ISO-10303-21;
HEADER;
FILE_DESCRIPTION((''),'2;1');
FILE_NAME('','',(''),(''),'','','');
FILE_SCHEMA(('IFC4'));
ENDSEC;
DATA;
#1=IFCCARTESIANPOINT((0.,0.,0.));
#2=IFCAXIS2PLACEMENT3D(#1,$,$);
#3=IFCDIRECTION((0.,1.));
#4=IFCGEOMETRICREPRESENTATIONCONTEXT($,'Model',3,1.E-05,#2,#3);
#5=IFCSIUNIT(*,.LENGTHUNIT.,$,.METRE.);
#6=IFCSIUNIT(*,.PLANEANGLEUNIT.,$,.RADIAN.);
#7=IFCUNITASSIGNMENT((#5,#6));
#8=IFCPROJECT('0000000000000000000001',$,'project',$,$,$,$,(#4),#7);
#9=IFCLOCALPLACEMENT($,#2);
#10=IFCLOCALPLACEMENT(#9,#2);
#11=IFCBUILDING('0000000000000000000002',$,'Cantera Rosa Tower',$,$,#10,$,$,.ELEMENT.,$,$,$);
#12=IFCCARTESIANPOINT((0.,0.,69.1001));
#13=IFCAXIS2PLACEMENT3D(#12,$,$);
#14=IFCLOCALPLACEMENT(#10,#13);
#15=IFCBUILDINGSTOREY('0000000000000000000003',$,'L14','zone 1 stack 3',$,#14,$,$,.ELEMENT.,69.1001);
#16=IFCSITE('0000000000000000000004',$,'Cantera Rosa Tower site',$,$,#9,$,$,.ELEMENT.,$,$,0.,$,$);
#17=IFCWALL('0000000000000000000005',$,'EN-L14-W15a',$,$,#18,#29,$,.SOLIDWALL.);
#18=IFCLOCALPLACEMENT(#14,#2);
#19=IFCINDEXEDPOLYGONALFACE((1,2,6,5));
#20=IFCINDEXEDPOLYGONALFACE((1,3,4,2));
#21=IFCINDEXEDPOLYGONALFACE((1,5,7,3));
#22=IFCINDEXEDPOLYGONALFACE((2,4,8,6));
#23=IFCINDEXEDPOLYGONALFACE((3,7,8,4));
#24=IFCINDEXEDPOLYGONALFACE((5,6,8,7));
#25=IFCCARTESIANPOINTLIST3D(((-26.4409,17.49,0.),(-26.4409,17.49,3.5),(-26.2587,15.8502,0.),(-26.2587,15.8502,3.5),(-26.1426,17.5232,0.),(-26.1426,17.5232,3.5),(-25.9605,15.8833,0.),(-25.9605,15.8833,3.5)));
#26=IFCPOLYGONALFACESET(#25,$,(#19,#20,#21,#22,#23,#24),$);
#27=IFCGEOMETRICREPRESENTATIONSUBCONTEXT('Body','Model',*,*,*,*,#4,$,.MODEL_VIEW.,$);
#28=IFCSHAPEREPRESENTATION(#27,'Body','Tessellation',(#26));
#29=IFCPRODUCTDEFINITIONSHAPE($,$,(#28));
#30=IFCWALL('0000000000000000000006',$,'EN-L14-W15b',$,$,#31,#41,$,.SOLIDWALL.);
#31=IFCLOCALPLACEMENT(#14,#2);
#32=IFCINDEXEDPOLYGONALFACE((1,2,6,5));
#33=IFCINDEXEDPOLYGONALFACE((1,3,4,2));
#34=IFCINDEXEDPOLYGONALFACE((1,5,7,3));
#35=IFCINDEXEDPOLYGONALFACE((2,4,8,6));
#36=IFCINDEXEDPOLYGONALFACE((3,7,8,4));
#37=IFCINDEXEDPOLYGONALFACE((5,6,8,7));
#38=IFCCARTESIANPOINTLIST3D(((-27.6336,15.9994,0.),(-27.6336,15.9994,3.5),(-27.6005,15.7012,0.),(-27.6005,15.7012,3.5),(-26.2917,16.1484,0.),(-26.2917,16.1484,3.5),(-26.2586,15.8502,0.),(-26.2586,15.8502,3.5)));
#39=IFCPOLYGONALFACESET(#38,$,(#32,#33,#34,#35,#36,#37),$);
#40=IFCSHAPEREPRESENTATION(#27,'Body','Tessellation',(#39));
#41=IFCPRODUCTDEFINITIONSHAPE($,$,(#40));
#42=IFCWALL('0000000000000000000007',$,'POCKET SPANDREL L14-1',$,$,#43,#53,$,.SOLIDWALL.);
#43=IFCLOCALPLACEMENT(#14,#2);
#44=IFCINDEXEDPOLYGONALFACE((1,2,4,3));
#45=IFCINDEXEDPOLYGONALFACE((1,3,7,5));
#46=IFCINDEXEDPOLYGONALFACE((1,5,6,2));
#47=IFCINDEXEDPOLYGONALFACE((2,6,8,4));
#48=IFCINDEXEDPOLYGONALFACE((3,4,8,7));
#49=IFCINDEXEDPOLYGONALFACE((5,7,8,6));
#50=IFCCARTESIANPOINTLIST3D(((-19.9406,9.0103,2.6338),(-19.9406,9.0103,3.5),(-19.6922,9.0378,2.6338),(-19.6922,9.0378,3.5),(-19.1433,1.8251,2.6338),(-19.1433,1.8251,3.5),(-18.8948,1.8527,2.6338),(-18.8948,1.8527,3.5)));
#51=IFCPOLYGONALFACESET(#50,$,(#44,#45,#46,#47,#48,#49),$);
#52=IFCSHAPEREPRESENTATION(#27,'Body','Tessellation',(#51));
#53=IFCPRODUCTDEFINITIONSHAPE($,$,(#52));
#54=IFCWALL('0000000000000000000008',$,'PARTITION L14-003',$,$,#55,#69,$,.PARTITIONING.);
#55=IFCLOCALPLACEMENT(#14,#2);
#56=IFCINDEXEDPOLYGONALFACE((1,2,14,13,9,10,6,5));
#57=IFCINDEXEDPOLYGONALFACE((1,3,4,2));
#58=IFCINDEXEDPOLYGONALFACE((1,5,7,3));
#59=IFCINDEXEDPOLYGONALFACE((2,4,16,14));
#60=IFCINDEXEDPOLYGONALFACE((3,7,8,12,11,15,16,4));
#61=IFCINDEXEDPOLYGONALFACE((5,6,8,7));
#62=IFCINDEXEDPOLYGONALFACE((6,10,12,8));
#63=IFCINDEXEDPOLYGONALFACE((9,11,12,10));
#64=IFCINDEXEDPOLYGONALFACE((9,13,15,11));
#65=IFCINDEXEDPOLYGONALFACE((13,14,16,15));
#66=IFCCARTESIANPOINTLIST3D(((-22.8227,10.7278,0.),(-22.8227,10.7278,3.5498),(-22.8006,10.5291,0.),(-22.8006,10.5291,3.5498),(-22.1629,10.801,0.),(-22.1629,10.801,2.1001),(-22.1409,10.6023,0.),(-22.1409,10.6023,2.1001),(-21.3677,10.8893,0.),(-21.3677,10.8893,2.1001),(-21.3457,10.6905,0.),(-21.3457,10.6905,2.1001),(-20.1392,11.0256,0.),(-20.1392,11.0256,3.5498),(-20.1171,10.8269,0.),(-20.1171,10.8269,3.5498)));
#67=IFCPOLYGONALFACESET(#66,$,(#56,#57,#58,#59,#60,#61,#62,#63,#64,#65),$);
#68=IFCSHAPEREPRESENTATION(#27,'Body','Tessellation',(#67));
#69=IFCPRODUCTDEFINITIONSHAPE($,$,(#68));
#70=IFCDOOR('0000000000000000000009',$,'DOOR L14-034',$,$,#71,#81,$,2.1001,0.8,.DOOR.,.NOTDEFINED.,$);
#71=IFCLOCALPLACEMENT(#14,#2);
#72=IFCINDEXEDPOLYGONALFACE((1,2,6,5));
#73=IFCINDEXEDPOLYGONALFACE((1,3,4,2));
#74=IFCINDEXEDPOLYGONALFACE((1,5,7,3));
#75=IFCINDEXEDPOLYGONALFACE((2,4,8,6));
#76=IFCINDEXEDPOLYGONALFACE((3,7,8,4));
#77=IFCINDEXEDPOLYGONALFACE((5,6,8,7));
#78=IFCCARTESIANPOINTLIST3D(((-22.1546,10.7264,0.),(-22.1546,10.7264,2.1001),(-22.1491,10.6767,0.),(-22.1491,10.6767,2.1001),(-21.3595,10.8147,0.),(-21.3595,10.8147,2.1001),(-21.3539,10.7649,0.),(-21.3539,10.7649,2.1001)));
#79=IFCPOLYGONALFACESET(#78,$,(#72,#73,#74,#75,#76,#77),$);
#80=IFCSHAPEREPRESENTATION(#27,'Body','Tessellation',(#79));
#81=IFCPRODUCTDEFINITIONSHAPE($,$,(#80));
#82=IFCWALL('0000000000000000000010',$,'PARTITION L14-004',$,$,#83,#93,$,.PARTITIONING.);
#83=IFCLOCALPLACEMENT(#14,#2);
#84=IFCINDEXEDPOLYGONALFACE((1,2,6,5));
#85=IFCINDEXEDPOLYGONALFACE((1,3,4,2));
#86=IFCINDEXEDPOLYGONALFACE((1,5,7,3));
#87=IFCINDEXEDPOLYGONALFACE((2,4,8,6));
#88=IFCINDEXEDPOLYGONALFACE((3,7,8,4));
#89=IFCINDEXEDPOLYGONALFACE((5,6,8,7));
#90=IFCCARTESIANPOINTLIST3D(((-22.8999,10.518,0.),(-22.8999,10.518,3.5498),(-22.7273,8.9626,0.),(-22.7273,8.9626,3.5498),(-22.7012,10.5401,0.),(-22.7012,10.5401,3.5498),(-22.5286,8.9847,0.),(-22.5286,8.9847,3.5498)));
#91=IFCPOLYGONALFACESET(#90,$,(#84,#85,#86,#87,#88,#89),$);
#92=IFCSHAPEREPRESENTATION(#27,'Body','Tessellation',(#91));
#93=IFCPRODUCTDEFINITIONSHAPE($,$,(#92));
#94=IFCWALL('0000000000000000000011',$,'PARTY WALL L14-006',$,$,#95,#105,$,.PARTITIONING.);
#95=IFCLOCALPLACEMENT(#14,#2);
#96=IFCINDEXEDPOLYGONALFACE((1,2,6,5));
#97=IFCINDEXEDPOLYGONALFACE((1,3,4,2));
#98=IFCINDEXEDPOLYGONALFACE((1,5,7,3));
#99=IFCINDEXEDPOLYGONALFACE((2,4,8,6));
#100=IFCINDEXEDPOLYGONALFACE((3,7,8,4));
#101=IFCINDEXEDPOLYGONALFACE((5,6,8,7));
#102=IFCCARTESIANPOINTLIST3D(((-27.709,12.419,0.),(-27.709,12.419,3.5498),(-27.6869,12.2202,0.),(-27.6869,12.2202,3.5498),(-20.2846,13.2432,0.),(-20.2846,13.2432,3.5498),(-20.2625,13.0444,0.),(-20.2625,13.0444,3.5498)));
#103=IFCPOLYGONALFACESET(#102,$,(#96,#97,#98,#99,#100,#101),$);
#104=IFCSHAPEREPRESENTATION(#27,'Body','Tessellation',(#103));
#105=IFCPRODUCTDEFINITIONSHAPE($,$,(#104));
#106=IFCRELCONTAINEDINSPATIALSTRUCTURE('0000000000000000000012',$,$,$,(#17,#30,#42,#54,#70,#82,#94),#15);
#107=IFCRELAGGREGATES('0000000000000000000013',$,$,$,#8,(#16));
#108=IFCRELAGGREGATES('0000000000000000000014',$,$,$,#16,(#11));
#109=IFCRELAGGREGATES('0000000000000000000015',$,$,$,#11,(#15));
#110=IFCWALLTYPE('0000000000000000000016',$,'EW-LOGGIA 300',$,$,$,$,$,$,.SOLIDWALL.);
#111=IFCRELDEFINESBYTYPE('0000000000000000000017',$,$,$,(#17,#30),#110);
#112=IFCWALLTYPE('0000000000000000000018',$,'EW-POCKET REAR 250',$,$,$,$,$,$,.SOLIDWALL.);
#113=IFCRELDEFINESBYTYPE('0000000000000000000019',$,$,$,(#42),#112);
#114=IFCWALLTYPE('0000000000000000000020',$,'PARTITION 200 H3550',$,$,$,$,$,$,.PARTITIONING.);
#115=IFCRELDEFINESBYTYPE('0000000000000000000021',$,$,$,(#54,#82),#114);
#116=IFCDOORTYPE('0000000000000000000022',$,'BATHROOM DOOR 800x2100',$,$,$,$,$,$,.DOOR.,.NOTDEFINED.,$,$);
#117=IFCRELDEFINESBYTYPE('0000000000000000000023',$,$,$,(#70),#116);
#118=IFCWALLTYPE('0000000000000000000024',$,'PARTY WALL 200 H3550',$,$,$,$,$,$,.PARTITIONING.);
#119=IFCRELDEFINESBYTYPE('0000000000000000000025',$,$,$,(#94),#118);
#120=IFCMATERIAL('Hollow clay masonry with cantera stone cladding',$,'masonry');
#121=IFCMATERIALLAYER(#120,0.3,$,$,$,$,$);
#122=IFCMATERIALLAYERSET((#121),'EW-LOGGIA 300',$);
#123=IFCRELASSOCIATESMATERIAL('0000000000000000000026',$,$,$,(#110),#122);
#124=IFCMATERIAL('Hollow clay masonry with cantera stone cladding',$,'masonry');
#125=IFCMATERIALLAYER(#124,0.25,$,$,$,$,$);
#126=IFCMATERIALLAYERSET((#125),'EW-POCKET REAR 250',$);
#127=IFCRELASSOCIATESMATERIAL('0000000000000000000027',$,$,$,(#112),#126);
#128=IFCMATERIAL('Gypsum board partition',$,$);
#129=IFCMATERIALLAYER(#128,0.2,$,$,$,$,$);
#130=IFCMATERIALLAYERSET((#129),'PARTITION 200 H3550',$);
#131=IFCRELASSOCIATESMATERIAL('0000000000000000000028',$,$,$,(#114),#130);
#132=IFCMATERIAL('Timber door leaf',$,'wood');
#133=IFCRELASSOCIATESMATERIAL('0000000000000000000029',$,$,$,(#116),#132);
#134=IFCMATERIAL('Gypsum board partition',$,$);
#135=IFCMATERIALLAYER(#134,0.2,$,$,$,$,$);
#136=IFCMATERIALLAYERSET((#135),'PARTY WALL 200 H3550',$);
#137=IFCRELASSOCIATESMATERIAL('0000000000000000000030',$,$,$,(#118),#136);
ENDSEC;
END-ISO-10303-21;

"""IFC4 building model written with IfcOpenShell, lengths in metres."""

from ifc_helpers import new_model, si_unit, direction, frame, frame_2d, origin, place, context, subcontext, project, spatial, rectangle, extrude, material, layer, layer_set, type_object, element, fill, save


model = new_model("IFC4")

# Units and contexts
model_context = context("Model", 3, precision=1e-05, world=origin(), true_north=direction((0.0, 1.0)))
body_context = subcontext(model_context, "Body", "Model", "MODEL_VIEW")
ifc_project = project(units=[si_unit("LENGTHUNIT", "METRE"), si_unit("PLANEANGLEUNIT", "RADIAN")], contexts=[model_context])

# Site, building, storey
site_placement = place(None, origin())
site = spatial("IfcSite", under=ifc_project, at=site_placement, Name="Cantera Rosa Tower site", CompositionType="ELEMENT", RefElevation=0.0)
building_placement = place(site_placement, origin())
building = spatial("IfcBuilding", under=site, at=building_placement, Name="Cantera Rosa Tower", CompositionType="ELEMENT")
storey_placement = place(building_placement, frame((0.0, 0.0, 69.1001)))
storey = spatial("IfcBuildingStorey", under=building, at=storey_placement, Name="L14", Description="zone 1 stack 3", CompositionType="ELEMENT", Elevation=69.1001)

# Walls
ifc_material_1 = material(Name="Hollow clay masonry with cantera stone cladding", Category="masonry")
ifc_layer_1 = layer(ifc_material_1, 0.3)
ifc_layer_set_1 = layer_set([ifc_layer_1], Name="EW-LOGGIA 300")
wall_type_1 = type_object("IfcWallType", Name="EW-LOGGIA 300", PredefinedType="SOLIDWALL", material=ifc_layer_set_1)
wall_1_placement = place(storey_placement, frame((-26.2917, 17.5066, 0.0), z_axis=(0.0, 0.0, 1.0), x_axis=(0.110383, -0.993889, 0.0)))
element("IfcWall", 1, at=wall_1_placement, inside=storey, type_object=wall_type_1, Name="EN-L14-W15a", PredefinedType="SOLIDWALL", context=body_context, shape_type="SweptSolid", body=[
    extrude(rectangle(XDim=1.6499, YDim=0.3, at=frame_2d((0.825, 0.0))), origin(), (0.0, 0.0, 1.0), 3.5),
])
wall_2_placement = place(storey_placement, frame((-26.2751, 15.9993, 0.0), z_axis=(0.0, 0.0, 1.0), x_axis=(-0.993897, -0.110312, 0.0)))
element("IfcWall", 2, at=wall_2_placement, inside=storey, type_object=wall_type_1, Name="EN-L14-W15b", PredefinedType="SOLIDWALL", context=body_context, shape_type="SweptSolid", body=[
    extrude(rectangle(XDim=1.3501, YDim=0.3, at=frame_2d((0.675, 0.0))), origin(), (0.0, 0.0, 1.0), 3.5),
])

# Wall
ifc_material_2 = material(Name="Hollow clay masonry with cantera stone cladding", Category="masonry")
ifc_layer_2 = layer(ifc_material_2, 0.25)
ifc_layer_set_2 = layer_set([ifc_layer_2], Name="EW-POCKET REAR 250")
wall_type_2 = type_object("IfcWallType", Name="EW-POCKET REAR 250", PredefinedType="SOLIDWALL", material=ifc_layer_set_2)
wall_3_placement = place(storey_placement, frame((-19.8164, 9.0242, 2.6338), z_axis=(0.0, 0.0, 1.0), x_axis=(0.110298, -0.993899, 0.0)))
element("IfcWall", 3, at=wall_3_placement, inside=storey, type_object=wall_type_2, Name="POCKET SPANDREL L14-1", PredefinedType="SOLIDWALL", context=body_context, shape_type="SweptSolid", body=[
    extrude(rectangle(XDim=7.2292, YDim=0.25, at=frame_2d((3.6147, 0.0))), origin(), (0.0, 0.0, 1.0), 0.8662),
])

# Wall, opening, door
ifc_material_3 = material(Name="Gypsum board partition")
ifc_layer_3 = layer(ifc_material_3, 0.2)
ifc_layer_set_3 = layer_set([ifc_layer_3], Name="PARTITION 200 H3550")
wall_type_3 = type_object("IfcWallType", Name="PARTITION 200 H3550", PredefinedType="PARTITIONING", material=ifc_layer_set_3)
wall_4_placement = place(storey_placement, frame((-22.8118, 10.6284, 0.0), z_axis=(0.0, 0.0, 1.0), x_axis=(0.993897, 0.110312, 0.0)))
wall_4 = element("IfcWall", 4, at=wall_4_placement, inside=storey, type_object=wall_type_3, Name="PARTITION L14-003", PredefinedType="PARTITIONING", context=body_context, shape_type="SweptSolid", body=[
    extrude(rectangle(XDim=2.7, YDim=0.2, at=frame_2d((1.3501, 0.0))), origin(), (0.0, 0.0, 1.0), 3.5498),
])
opening_1_placement = place(wall_4_placement, frame((0.6641, 0.0, 0.0)))
opening_1 = element("IfcOpeningElement", 5, at=opening_1_placement, cuts=wall_4, PredefinedType="OPENING", context=body_context, shape_type="SweptSolid", body=[
    extrude(rectangle(XDim=0.8, YDim=2.1001, at=frame_2d((0.3999, 1.05))), frame((0.0, 0.1099, 0.0), z_axis=(0.0, -1.0, 0.0), x_axis=(1.0, 0.0, 0.0)), (0.0, 0.0, 1.0), 0.22),
])
ifc_material_4 = material(Name="Timber door leaf", Category="wood")
door_type_1 = type_object("IfcDoorType", Name="BATHROOM DOOR 800x2100", OperationType="NOTDEFINED", PredefinedType="DOOR", material=ifc_material_4)
door_1_placement = place(opening_1_placement, origin())
door_1 = element("IfcDoor", 6, at=door_1_placement, inside=storey, type_object=door_type_1, Name="DOOR L14-034", OperationType="NOTDEFINED", OverallHeight=2.1001, OverallWidth=0.8, PredefinedType="DOOR", context=body_context, shape_type="SweptSolid", body=[
    extrude(rectangle(XDim=0.8, YDim=2.1001, at=frame_2d((0.3999, 1.05))), frame((0.0, 0.0249, 0.0), z_axis=(0.0, -1.0, 0.0), x_axis=(1.0, 0.0, 0.0)), (0.0, 0.0, 1.0), 0.05),
])
fill(opening_1, door_1)

# Walls
wall_5_placement = place(storey_placement, frame((-22.6279, 8.9736, 0.0), z_axis=(0.0, 0.0, 1.0), x_axis=(-0.110295, 0.993899, 0.0)))
element("IfcWall", 7, at=wall_5_placement, inside=storey, type_object=wall_type_3, Name="PARTITION L14-004", PredefinedType="PARTITIONING", context=body_context, shape_type="SweptSolid", body=[
    extrude(rectangle(XDim=1.5649, YDim=0.2, at=frame_2d((0.7825, 0.0))), origin(), (0.0, 0.0, 1.0), 3.5498),
])
ifc_material_5 = material(Name="Gypsum board partition")
ifc_layer_4 = layer(ifc_material_5, 0.2)
ifc_layer_set_4 = layer_set([ifc_layer_4], Name="PARTY WALL 200 H3550")
wall_type_4 = type_object("IfcWallType", Name="PARTY WALL 200 H3550", PredefinedType="PARTITIONING", material=ifc_layer_set_4)
wall_6_placement = place(storey_placement, frame((-20.2737, 13.1438, 0.0), z_axis=(0.0, 0.0, 1.0), x_axis=(-0.993894, -0.110338, 0.0)))
element("IfcWall", 8, at=wall_6_placement, inside=storey, type_object=wall_type_4, Name="PARTY WALL L14-006", PredefinedType="PARTITIONING", context=body_context, shape_type="SweptSolid", body=[
    extrude(rectangle(XDim=7.47, YDim=0.2, at=frame_2d((3.7349, 0.0))), origin(), (0.0, 0.0, 1.0), 3.5498),
])

save(model, "model.ifc")
